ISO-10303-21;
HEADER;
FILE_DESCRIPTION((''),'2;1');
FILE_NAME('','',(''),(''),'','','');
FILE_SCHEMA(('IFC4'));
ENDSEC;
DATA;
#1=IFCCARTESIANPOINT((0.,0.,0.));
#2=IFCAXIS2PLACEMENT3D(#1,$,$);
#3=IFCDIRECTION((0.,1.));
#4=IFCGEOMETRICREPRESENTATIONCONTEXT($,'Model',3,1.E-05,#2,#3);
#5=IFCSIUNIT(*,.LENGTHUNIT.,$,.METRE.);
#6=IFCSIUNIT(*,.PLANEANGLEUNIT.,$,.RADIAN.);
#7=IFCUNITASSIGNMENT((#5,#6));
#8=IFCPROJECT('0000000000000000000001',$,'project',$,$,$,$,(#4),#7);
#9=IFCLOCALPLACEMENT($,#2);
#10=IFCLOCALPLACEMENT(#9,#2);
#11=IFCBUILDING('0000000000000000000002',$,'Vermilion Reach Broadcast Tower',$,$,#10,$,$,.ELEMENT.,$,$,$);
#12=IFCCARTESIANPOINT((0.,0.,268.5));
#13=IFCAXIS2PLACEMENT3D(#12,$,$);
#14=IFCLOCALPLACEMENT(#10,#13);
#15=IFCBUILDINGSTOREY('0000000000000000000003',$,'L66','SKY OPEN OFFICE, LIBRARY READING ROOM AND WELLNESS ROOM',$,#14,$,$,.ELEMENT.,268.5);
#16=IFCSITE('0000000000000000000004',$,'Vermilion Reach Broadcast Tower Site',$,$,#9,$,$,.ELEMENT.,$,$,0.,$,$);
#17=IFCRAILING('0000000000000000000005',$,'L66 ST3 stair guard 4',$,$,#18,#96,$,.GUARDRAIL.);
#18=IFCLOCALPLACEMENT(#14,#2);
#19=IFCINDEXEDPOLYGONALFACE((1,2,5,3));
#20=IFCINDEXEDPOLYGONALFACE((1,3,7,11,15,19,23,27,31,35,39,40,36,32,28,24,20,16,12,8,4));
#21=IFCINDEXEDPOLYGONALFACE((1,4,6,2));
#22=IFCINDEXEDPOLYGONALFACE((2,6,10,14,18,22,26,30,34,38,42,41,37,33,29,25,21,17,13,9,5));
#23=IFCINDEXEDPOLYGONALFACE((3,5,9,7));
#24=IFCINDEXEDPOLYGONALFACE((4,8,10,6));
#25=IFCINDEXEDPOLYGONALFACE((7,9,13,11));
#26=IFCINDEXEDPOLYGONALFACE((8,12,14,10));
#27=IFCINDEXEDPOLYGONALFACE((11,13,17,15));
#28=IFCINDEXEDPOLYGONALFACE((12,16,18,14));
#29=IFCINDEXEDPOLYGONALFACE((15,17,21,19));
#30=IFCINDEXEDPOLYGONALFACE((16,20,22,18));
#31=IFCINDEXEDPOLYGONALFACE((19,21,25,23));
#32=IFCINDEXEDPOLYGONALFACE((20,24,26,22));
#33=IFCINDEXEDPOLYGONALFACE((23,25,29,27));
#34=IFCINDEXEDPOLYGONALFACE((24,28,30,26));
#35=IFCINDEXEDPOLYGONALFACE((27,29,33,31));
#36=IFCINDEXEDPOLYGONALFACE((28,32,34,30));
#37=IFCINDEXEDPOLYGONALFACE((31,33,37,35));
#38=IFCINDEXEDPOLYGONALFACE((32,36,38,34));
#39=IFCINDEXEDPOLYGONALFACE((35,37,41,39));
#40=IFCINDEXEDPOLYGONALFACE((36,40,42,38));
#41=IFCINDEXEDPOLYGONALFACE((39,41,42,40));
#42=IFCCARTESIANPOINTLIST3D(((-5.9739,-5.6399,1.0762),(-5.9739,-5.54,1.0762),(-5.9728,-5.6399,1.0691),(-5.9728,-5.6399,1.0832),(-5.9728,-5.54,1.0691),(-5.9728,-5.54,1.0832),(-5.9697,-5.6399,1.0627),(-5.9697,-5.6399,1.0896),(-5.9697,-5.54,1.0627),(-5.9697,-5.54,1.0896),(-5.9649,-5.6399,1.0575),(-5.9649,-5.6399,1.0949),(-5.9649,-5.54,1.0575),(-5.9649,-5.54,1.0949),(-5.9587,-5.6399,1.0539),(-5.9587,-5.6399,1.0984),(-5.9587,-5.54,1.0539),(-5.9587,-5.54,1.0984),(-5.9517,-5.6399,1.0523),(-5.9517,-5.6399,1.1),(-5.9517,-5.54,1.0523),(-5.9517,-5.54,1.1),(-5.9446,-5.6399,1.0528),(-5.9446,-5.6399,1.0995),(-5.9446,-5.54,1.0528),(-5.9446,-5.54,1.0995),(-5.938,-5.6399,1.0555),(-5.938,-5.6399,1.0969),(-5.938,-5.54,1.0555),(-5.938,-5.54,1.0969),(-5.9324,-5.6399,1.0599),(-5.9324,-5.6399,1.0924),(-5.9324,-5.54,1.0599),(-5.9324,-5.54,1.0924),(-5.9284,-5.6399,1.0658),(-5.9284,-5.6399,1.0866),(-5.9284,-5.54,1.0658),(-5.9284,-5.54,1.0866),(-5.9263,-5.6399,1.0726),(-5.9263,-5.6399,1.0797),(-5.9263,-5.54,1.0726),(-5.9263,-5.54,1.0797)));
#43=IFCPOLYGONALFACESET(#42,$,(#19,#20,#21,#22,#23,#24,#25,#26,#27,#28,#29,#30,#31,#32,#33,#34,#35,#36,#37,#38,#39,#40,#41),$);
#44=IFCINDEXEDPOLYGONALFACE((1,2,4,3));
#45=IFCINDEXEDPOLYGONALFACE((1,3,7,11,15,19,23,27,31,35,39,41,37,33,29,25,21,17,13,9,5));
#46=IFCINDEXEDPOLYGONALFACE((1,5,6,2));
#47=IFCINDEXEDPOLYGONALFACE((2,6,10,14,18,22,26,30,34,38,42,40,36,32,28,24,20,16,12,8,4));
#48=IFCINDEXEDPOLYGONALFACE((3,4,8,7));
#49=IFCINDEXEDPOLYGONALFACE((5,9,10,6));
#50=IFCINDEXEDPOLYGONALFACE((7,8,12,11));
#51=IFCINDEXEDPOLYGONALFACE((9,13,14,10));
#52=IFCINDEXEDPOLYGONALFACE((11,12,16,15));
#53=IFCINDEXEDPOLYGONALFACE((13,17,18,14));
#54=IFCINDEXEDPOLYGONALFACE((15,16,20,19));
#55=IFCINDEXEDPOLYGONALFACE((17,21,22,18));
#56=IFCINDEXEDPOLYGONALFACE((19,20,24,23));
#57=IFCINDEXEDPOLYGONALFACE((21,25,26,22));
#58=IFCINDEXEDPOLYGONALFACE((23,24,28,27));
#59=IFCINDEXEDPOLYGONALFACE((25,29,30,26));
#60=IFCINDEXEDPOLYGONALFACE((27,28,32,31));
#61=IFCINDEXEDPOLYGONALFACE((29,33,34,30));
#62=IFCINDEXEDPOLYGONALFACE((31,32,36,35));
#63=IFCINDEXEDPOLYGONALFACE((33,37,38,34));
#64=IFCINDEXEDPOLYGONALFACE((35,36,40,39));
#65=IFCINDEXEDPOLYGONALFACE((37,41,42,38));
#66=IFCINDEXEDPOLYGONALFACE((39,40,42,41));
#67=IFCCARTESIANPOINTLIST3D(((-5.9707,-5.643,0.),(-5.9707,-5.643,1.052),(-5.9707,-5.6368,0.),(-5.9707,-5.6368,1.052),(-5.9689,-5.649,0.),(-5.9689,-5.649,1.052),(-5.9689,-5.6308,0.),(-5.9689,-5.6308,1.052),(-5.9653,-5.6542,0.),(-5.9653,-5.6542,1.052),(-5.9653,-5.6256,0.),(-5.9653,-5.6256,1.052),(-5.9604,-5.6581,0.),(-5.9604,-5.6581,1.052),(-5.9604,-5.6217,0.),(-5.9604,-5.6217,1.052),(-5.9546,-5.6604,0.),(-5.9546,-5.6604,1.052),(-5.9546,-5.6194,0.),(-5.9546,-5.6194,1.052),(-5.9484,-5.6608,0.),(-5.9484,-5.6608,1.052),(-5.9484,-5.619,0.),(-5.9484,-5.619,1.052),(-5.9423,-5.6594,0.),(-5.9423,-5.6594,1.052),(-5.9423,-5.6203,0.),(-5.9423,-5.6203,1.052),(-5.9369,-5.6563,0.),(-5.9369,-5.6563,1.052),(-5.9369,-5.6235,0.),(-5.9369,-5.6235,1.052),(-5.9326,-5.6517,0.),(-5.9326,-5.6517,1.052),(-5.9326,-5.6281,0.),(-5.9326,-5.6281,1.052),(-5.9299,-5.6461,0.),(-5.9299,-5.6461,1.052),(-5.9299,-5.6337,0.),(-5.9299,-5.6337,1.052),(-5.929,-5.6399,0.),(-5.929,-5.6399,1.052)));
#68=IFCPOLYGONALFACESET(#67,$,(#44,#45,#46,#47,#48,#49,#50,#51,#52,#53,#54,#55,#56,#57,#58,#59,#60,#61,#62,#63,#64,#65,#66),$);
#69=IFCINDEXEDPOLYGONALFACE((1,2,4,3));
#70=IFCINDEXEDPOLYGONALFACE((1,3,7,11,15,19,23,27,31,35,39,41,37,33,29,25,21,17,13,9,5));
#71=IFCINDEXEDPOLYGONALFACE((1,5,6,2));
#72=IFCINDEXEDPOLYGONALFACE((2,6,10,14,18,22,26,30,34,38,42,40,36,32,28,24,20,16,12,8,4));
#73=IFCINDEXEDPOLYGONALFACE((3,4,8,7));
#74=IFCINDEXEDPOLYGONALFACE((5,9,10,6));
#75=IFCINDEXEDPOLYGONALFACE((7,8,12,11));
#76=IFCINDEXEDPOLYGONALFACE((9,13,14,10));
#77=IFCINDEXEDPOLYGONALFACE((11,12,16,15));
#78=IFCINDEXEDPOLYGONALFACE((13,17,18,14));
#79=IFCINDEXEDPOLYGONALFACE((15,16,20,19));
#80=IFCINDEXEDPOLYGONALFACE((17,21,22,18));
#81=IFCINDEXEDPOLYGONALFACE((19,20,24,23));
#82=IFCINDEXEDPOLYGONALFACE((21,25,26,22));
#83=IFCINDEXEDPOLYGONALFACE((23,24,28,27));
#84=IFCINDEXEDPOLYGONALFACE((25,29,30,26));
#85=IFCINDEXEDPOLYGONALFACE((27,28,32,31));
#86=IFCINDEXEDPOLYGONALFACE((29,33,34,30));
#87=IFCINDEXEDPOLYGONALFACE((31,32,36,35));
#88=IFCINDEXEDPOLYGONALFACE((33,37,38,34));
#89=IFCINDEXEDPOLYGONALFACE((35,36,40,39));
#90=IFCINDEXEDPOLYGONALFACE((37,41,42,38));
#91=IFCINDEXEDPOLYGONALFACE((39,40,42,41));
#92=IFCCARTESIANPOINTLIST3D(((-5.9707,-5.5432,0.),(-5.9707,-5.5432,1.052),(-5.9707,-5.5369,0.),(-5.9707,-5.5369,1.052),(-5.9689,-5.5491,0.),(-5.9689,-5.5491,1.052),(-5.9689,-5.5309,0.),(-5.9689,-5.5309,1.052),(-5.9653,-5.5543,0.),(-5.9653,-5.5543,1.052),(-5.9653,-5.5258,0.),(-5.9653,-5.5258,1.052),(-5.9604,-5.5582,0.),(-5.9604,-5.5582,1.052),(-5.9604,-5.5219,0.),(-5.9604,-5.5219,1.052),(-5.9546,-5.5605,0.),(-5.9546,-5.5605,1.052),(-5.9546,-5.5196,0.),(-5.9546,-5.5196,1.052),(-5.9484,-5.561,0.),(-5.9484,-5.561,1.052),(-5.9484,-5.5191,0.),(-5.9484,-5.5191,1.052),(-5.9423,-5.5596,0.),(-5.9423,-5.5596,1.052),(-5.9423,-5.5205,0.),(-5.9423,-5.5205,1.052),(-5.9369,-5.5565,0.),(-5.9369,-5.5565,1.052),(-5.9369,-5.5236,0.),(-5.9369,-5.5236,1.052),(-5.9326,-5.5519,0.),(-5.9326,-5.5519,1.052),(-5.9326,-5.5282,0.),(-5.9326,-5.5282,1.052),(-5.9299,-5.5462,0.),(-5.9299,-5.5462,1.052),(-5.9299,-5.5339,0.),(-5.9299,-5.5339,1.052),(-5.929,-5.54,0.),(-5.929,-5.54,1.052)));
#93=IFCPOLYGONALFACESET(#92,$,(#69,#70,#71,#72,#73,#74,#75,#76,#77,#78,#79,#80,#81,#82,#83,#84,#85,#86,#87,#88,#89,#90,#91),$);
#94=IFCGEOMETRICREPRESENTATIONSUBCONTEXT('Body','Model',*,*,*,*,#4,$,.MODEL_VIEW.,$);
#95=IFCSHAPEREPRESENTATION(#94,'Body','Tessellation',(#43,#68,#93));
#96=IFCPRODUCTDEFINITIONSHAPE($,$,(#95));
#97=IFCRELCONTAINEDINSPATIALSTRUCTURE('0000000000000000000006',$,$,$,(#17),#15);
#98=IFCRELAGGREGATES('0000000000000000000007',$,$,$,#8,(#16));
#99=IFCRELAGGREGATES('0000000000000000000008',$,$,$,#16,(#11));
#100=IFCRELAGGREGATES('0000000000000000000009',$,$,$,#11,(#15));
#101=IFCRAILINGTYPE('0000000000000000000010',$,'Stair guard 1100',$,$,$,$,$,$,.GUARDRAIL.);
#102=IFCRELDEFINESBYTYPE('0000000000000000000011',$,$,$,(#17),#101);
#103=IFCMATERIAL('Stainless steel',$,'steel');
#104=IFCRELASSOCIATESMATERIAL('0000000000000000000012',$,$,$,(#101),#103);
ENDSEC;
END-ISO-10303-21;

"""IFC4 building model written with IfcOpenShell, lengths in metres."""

from ifc_helpers import new_model, si_unit, direction, frame, origin, origin_2d, place, context, subcontext, project, spatial, circle, extrude, material, type_object, element, save


model = new_model("IFC4")

# Units and contexts
model_context = context("Model", 3, precision=1e-05, world=origin(), true_north=direction((0.0, 1.0)))
body_context = subcontext(model_context, "Body", "Model", "MODEL_VIEW")
ifc_project = project(units=[si_unit("LENGTHUNIT", "METRE"), si_unit("PLANEANGLEUNIT", "RADIAN")], contexts=[model_context])

# Site, building, storey
site_placement = place(None, origin())
site = spatial("IfcSite", under=ifc_project, at=site_placement, Name="Vermilion Reach Broadcast Tower Site", CompositionType="ELEMENT", RefElevation=0.0)
building_placement = place(site_placement, origin())
building = spatial("IfcBuilding", under=site, at=building_placement, Name="Vermilion Reach Broadcast Tower", CompositionType="ELEMENT")
storey_placement = place(building_placement, frame((0.0, 0.0, 268.5)))
storey = spatial("IfcBuildingStorey", under=building, at=storey_placement, Name="L66", Description="SKY OPEN OFFICE, LIBRARY READING ROOM AND WELLNESS ROOM", CompositionType="ELEMENT", Elevation=268.5)

# Railing
ifc_material_1 = material(Name="Stainless steel", Category="steel")
railing_type_1 = type_object("IfcRailingType", Name="Stair guard 1100", PredefinedType="GUARDRAIL", material=ifc_material_1)
railing_1_placement = place(storey_placement, frame((-5.95, -5.6399, 0.0)))
element("IfcRailing", 1, at=railing_1_placement, inside=storey, type_object=railing_type_1, Name="L66 ST3 stair guard 4", PredefinedType="GUARDRAIL", context=body_context, shape_type="SweptSolid", body=[
    extrude(circle(Radius=0.0239, at=origin_2d()), frame((0.0, 0.0, 1.0762), z_axis=(0.0, 1.0, 0.0), x_axis=(-1.0, 0.0, 0.0)), (0.0, 0.0, 1.0), 0.0999),
    extrude(circle(Radius=0.021, at=origin_2d()), origin(), (0.0, 0.0, 1.0), 1.052),
    extrude(circle(Radius=0.021, at=origin_2d()), frame((0.0, 0.0999, 0.0)), (0.0, 0.0, 1.0), 1.052),
])

save(model, "model.ifc")
